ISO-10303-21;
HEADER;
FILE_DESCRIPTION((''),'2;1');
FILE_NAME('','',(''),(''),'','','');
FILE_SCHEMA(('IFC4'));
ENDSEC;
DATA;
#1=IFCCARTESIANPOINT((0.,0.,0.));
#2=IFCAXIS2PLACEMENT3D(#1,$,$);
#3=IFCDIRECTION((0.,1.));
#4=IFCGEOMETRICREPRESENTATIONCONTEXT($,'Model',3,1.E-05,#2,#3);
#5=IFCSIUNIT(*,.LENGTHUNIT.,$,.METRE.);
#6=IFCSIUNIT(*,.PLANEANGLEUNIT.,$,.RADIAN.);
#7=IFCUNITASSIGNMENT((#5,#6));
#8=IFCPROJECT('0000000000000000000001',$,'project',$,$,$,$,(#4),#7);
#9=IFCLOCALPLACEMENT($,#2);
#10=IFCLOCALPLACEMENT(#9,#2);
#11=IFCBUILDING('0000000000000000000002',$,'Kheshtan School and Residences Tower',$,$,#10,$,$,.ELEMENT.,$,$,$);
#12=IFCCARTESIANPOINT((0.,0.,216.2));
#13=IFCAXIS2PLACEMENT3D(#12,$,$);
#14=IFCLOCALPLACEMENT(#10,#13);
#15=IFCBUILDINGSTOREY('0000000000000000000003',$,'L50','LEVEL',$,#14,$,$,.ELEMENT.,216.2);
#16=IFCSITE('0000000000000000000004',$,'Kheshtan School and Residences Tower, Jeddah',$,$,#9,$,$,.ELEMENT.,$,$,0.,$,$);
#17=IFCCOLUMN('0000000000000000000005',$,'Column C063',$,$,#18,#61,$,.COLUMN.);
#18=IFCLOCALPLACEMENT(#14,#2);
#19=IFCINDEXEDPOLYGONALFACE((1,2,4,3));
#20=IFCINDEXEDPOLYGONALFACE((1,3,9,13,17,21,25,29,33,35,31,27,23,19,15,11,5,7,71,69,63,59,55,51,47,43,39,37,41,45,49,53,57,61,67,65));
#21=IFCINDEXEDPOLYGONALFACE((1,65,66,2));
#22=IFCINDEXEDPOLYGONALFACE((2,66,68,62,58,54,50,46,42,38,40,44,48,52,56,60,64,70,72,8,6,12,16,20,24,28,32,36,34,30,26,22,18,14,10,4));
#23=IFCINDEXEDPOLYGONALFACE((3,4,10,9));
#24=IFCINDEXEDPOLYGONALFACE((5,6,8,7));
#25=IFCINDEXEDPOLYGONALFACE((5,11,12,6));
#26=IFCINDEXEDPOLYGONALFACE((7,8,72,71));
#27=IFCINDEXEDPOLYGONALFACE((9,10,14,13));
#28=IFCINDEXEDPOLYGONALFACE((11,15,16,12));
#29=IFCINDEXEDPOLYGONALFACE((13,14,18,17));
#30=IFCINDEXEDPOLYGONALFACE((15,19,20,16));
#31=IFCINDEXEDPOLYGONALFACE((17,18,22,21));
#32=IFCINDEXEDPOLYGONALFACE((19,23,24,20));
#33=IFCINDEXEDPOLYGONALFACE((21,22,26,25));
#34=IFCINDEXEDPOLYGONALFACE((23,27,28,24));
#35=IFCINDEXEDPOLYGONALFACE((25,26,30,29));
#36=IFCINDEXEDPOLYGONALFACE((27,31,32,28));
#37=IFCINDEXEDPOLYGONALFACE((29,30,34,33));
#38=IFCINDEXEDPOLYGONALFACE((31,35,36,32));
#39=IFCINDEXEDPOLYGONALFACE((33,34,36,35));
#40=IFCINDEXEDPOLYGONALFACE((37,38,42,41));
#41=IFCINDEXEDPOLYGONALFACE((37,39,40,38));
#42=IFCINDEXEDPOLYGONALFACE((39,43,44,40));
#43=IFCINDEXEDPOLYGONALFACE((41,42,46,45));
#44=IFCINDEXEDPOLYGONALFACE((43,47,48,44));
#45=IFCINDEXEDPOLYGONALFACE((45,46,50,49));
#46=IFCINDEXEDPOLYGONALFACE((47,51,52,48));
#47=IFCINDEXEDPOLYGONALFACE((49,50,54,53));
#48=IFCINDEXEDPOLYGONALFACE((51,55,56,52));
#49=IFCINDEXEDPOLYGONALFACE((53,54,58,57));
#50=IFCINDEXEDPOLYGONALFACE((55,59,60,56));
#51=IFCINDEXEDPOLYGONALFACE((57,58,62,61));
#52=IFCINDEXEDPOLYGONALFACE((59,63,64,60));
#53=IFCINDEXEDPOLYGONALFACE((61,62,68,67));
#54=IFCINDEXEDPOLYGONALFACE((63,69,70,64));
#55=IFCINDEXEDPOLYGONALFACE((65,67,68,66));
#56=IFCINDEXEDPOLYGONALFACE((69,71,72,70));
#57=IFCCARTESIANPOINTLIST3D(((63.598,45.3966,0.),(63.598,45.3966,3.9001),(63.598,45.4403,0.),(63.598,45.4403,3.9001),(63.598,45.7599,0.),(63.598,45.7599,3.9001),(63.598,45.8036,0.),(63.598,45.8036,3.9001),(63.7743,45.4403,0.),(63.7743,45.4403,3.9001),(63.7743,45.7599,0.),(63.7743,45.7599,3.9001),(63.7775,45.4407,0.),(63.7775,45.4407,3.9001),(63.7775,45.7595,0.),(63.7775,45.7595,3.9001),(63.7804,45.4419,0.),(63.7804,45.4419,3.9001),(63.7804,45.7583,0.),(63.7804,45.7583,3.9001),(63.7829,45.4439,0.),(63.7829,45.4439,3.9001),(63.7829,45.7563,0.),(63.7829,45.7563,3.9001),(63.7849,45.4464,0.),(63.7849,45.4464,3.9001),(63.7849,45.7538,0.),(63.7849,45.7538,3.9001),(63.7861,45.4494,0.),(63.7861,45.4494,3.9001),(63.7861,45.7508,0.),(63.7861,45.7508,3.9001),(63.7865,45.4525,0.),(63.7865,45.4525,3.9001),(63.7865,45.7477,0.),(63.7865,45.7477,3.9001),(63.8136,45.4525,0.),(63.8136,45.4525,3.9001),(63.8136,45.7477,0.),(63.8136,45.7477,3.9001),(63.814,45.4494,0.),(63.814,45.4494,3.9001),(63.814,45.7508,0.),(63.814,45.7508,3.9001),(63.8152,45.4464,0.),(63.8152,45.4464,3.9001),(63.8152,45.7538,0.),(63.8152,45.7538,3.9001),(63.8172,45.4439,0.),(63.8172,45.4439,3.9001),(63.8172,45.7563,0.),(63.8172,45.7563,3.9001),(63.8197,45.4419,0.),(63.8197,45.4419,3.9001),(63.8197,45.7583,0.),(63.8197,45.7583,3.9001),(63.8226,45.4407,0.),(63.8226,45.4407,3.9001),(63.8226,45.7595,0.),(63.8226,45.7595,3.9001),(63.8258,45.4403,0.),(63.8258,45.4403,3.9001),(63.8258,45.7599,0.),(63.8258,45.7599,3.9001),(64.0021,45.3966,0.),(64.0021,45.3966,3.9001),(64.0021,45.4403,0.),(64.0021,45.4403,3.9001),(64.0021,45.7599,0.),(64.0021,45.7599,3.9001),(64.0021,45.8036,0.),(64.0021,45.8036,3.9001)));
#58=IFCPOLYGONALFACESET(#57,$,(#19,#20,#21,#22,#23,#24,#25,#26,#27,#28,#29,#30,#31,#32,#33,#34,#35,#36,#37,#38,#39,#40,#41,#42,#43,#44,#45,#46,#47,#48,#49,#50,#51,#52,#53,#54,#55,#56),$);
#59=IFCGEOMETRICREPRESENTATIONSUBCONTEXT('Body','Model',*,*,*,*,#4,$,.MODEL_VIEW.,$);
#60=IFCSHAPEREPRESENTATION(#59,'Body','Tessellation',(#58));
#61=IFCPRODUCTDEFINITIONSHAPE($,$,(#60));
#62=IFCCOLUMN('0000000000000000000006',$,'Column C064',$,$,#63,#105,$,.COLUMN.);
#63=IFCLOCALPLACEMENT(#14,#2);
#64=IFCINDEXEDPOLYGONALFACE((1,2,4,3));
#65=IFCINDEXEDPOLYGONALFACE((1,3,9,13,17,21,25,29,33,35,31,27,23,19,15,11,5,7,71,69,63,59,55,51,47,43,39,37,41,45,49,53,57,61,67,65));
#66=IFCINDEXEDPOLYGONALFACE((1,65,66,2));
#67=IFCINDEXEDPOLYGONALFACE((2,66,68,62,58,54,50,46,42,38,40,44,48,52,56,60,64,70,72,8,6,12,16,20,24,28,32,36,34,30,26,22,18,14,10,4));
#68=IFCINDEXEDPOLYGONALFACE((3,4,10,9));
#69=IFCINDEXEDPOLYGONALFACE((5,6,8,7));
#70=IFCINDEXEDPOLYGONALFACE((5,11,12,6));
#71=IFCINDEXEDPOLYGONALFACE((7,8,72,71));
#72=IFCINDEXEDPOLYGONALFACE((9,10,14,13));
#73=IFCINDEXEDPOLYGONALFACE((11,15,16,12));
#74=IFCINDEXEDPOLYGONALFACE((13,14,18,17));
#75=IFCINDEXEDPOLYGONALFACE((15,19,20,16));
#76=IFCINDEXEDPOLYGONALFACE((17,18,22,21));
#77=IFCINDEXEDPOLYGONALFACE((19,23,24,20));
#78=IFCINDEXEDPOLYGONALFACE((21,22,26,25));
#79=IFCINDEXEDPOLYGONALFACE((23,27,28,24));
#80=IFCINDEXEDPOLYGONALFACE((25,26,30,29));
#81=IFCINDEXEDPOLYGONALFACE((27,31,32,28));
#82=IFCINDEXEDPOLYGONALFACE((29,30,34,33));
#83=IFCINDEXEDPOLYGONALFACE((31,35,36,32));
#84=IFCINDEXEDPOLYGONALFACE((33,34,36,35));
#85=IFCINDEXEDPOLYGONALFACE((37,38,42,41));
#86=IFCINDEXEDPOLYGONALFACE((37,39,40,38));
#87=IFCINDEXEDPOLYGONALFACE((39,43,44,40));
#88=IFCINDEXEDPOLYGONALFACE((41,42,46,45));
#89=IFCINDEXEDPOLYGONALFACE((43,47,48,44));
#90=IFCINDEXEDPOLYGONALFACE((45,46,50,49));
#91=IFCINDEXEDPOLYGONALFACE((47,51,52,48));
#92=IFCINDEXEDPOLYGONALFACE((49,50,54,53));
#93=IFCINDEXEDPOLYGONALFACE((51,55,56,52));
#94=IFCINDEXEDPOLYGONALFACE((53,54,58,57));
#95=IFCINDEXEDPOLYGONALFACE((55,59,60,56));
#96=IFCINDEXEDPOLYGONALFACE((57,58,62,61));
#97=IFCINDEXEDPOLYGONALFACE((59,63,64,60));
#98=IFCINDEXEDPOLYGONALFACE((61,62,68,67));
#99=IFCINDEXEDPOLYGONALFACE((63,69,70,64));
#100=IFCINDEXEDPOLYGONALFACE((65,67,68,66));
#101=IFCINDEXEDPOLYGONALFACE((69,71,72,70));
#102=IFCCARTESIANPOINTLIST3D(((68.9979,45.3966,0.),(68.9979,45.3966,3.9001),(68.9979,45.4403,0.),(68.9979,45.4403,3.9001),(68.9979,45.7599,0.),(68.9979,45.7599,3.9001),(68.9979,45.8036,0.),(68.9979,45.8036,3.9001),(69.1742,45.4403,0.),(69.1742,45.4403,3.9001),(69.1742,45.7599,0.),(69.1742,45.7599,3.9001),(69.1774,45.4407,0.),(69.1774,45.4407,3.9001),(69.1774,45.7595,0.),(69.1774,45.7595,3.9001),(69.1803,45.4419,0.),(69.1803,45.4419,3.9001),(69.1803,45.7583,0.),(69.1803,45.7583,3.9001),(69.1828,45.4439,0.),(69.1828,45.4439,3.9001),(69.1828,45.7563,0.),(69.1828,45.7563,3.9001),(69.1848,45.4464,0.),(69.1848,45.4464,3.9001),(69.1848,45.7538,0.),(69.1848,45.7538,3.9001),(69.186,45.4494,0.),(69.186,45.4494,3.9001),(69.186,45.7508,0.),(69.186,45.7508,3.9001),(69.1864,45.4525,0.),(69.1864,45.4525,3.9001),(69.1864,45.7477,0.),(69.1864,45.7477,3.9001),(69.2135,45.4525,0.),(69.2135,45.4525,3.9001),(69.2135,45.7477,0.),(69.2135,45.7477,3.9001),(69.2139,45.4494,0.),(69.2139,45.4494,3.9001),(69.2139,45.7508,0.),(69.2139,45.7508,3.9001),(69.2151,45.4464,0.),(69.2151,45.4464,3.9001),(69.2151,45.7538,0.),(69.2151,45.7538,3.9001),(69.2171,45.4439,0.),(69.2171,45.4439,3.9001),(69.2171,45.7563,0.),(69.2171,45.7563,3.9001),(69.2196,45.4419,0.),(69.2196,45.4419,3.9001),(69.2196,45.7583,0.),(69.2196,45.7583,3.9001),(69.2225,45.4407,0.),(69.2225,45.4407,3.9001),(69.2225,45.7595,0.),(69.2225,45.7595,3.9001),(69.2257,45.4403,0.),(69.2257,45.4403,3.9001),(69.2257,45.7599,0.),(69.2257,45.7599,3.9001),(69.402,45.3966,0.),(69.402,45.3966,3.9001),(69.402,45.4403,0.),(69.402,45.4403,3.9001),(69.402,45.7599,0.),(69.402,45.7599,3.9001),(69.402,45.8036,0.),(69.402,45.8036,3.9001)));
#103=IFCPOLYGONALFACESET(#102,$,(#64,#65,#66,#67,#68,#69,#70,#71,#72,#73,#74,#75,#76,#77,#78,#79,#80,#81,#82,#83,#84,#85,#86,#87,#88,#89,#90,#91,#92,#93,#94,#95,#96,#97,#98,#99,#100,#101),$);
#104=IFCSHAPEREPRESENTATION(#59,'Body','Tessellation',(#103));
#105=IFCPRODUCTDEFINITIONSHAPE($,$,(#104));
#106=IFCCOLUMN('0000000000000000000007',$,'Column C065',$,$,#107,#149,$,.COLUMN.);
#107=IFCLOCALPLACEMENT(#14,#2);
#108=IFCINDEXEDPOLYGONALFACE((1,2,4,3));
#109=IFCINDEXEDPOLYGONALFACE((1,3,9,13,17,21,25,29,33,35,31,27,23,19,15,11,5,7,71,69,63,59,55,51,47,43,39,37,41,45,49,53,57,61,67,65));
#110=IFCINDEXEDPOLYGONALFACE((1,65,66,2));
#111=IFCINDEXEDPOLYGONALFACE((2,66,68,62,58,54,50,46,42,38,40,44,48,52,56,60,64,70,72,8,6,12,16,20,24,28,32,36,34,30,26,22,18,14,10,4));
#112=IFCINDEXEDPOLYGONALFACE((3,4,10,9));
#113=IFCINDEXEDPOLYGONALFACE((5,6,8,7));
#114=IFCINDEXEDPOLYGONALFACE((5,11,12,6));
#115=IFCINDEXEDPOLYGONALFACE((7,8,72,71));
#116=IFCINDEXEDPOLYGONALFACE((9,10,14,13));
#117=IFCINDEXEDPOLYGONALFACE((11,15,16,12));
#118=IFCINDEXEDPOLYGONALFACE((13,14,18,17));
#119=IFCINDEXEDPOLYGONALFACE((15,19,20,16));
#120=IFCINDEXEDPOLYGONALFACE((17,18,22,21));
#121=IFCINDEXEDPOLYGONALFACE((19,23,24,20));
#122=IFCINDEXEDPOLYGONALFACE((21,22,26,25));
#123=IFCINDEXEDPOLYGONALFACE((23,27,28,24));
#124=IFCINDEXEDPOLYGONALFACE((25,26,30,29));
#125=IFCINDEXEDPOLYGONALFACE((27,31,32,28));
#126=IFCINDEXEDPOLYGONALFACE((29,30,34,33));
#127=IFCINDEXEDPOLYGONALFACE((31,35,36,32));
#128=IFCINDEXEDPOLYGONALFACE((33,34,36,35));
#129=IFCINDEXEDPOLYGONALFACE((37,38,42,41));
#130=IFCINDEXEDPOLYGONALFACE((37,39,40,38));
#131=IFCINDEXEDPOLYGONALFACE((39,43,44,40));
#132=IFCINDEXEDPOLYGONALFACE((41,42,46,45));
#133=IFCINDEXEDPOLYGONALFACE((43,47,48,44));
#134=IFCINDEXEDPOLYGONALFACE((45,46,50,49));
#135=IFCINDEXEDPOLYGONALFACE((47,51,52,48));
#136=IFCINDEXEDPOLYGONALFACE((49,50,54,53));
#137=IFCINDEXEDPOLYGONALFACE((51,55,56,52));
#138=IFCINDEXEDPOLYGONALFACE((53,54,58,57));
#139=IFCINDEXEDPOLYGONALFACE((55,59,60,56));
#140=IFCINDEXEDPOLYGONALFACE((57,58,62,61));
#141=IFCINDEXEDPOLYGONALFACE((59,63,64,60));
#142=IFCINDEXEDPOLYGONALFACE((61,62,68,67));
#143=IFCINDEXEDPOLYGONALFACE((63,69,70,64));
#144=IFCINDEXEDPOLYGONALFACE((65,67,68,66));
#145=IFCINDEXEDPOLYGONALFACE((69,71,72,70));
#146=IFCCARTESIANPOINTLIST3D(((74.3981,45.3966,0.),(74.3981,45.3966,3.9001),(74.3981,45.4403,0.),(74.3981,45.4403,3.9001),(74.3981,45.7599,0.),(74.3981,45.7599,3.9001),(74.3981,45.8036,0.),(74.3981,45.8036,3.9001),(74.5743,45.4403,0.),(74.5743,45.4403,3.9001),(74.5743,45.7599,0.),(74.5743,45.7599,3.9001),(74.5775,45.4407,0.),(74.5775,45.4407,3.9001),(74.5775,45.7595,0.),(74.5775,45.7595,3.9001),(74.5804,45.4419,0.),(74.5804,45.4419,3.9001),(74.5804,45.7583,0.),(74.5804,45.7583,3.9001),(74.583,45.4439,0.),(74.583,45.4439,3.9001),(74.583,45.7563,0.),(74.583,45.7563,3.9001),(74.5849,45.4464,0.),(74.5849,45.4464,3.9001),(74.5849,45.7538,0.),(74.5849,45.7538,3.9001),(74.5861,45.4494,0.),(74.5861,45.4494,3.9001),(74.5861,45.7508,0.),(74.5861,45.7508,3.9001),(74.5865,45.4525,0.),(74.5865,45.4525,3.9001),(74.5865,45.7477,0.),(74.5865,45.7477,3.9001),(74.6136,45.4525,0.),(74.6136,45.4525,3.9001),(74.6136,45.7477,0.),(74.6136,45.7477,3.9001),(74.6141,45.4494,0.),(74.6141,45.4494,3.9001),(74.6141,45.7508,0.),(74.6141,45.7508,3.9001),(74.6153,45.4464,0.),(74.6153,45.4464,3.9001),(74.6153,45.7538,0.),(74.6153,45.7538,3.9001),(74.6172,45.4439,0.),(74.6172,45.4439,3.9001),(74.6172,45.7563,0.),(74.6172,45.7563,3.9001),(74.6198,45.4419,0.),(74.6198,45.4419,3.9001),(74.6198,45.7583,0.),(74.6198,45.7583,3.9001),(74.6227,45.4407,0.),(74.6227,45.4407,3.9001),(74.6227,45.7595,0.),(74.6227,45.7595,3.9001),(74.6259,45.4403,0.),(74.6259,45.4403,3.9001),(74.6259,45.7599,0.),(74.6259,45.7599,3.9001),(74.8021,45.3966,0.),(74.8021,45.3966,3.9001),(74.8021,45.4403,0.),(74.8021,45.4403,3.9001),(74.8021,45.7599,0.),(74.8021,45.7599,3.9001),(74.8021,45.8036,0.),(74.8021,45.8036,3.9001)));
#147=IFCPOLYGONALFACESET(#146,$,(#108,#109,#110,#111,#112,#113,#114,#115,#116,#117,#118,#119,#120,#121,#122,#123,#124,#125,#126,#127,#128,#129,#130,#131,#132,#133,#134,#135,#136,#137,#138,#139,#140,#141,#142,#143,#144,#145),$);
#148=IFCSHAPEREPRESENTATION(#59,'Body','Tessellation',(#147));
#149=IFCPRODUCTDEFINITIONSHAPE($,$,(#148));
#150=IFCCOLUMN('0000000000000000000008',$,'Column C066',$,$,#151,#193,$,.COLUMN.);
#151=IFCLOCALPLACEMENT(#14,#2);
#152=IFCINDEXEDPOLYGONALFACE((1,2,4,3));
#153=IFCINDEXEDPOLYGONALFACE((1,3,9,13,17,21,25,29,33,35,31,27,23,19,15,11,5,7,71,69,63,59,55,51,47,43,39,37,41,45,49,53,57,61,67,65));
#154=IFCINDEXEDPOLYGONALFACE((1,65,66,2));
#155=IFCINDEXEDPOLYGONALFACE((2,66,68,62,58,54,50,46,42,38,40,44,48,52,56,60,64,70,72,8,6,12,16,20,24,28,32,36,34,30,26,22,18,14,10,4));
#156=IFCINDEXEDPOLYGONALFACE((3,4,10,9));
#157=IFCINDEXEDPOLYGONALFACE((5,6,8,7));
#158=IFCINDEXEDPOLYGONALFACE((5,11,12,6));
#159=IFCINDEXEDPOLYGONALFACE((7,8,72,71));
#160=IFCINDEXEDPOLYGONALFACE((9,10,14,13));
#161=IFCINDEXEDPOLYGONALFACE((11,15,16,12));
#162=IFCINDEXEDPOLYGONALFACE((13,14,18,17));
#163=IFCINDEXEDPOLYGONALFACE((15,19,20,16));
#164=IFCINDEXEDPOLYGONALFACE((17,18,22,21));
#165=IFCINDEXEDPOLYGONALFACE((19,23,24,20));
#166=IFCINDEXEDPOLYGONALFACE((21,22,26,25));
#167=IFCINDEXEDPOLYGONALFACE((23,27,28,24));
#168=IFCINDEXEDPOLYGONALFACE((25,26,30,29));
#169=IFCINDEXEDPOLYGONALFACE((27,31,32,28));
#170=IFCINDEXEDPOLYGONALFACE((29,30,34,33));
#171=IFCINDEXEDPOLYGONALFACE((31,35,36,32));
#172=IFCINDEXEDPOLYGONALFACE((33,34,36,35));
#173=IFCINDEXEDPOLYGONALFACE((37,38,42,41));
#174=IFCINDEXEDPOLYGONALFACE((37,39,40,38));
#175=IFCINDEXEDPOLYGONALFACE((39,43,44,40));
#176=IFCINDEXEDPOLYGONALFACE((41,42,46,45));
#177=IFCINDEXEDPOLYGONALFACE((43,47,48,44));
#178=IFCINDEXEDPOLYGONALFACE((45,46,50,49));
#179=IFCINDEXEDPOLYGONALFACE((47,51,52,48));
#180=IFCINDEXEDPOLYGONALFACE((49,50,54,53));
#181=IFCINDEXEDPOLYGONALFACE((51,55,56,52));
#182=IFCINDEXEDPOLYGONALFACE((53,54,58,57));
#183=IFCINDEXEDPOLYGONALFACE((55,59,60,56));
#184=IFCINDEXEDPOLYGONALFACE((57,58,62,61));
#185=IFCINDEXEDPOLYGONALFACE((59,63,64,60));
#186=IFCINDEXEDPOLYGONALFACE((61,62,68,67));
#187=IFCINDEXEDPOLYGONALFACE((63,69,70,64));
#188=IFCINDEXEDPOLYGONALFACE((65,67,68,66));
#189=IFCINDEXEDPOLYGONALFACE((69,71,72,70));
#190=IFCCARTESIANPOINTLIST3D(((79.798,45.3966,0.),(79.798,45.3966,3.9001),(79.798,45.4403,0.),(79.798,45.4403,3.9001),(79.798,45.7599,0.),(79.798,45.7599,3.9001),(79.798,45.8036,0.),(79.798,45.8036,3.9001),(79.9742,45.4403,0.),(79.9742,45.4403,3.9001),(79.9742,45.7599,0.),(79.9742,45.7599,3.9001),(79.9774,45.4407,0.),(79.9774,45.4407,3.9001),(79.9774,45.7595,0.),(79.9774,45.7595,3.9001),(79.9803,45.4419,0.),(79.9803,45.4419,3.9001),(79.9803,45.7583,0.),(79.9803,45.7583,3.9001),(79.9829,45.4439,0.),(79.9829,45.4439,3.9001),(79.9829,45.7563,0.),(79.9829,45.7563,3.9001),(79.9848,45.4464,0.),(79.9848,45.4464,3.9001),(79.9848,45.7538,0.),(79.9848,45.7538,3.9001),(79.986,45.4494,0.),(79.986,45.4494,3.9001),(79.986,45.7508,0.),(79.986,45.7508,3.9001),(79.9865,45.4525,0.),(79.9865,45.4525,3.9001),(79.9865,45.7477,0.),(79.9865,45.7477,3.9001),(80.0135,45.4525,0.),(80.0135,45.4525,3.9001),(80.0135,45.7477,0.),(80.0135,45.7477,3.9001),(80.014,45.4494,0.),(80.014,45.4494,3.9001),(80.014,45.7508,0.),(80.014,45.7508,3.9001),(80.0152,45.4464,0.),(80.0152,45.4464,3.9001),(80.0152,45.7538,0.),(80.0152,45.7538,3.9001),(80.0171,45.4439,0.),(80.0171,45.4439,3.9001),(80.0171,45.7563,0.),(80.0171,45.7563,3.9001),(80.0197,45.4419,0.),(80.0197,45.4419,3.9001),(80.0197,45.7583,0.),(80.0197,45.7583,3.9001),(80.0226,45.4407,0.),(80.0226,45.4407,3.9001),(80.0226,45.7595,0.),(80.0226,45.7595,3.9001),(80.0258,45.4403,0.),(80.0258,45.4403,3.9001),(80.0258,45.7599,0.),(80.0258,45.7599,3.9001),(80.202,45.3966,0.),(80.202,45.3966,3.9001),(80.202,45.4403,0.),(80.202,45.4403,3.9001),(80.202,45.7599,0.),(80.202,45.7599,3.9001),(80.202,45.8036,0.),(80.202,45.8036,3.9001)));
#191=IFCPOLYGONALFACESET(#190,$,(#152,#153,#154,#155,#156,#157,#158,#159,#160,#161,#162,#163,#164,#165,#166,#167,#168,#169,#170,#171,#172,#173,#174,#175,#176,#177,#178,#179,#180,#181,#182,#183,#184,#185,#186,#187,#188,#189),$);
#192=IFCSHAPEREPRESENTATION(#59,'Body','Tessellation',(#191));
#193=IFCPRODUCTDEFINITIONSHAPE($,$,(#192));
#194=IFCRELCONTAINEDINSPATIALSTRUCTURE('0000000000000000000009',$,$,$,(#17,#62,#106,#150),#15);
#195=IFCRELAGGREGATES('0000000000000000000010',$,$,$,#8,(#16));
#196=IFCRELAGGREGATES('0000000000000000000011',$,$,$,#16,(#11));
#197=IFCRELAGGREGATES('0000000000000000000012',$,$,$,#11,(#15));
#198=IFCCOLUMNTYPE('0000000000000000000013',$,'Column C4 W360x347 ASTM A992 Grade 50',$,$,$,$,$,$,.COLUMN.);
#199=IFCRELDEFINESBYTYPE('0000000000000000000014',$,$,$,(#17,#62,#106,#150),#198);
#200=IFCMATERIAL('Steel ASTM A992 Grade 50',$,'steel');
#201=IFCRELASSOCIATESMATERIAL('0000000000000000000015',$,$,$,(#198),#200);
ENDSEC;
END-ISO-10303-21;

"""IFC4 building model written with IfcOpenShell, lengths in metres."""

from ifc_helpers import new_model, si_unit, direction, frame, origin, origin_2d, place, context, subcontext, project, spatial, i_section, extrude, material, material_profile, profile_set, type_object, element, save


model = new_model("IFC4")

# Units and contexts
model_context = context("Model", 3, precision=1e-05, world=origin(), true_north=direction((0.0, 1.0)))
body_context = subcontext(model_context, "Body", "Model", "MODEL_VIEW")
ifc_project = project(units=[si_unit("LENGTHUNIT", "METRE"), si_unit("PLANEANGLEUNIT", "RADIAN")], contexts=[model_context])

# Site, building, storey
site_placement = place(None, origin())
site = spatial("IfcSite", under=ifc_project, at=site_placement, Name="Kheshtan School and Residences Tower, Jeddah", CompositionType="ELEMENT", RefElevation=0.0)
building_placement = place(site_placement, origin())
building = spatial("IfcBuilding", under=site, at=building_placement, Name="Kheshtan School and Residences Tower", CompositionType="ELEMENT")
storey_placement = place(building_placement, frame((0.0, 0.0, 216.2)))
storey = spatial("IfcBuildingStorey", under=building, at=storey_placement, Name="L50", Description="LEVEL", CompositionType="ELEMENT", Elevation=216.2)

# Columns
ifc_material_1 = material(Name="Steel ASTM A992 Grade 50", Category="steel")
ifc_material_profile_1 = material_profile(ifc_material_1, i_section(OverallWidth=0.4041, OverallDepth=0.407, WebThickness=0.0271, FlangeThickness=0.0437, FilletRadius=0.0122, at=origin_2d()), Name="W360x347")
ifc_profile_set_1 = profile_set([ifc_material_profile_1], Name="Steel ASTM A992 Grade 50")
column_type = type_object("IfcColumnType", Name="Column C4 W360x347 ASTM A992 Grade 50", PredefinedType="COLUMN", material=ifc_profile_set_1)
for number, where, z_axis, x_axis, name in (
    (1, (63.8, 45.6001, 0.0), (0.0, 0.0, 1.0), (1.0, 0.0, 0.0), "Column C063"),
    (2, (69.2, 45.6001, 0.0), (0.0, 0.0, 1.0), (1.0, 0.0, 0.0), "Column C064"),
    (3, (74.6001, 45.6001, 0.0), (0.0, 0.0, 1.0), (1.0, 0.0, 0.0), "Column C065"),
    (4, (80.0, 45.6001, 0.0), (0.0, 0.0, 1.0), (1.0, 0.0, 0.0), "Column C066"),
):
    element("IfcColumn", number, at=place(storey_placement, frame(where, z_axis=z_axis, x_axis=x_axis)), inside=storey, type_object=column_type, Name=name, PredefinedType="COLUMN", context=body_context, shape_type="SweptSolid", body=[
        extrude(i_section(OverallWidth=0.4041, OverallDepth=0.407, WebThickness=0.0271, FlangeThickness=0.0437, FilletRadius=0.0122, at=origin_2d()), origin(), (0.0, 0.0, 1.0), 3.9001),
    ])

save(model, "model.ifc")
